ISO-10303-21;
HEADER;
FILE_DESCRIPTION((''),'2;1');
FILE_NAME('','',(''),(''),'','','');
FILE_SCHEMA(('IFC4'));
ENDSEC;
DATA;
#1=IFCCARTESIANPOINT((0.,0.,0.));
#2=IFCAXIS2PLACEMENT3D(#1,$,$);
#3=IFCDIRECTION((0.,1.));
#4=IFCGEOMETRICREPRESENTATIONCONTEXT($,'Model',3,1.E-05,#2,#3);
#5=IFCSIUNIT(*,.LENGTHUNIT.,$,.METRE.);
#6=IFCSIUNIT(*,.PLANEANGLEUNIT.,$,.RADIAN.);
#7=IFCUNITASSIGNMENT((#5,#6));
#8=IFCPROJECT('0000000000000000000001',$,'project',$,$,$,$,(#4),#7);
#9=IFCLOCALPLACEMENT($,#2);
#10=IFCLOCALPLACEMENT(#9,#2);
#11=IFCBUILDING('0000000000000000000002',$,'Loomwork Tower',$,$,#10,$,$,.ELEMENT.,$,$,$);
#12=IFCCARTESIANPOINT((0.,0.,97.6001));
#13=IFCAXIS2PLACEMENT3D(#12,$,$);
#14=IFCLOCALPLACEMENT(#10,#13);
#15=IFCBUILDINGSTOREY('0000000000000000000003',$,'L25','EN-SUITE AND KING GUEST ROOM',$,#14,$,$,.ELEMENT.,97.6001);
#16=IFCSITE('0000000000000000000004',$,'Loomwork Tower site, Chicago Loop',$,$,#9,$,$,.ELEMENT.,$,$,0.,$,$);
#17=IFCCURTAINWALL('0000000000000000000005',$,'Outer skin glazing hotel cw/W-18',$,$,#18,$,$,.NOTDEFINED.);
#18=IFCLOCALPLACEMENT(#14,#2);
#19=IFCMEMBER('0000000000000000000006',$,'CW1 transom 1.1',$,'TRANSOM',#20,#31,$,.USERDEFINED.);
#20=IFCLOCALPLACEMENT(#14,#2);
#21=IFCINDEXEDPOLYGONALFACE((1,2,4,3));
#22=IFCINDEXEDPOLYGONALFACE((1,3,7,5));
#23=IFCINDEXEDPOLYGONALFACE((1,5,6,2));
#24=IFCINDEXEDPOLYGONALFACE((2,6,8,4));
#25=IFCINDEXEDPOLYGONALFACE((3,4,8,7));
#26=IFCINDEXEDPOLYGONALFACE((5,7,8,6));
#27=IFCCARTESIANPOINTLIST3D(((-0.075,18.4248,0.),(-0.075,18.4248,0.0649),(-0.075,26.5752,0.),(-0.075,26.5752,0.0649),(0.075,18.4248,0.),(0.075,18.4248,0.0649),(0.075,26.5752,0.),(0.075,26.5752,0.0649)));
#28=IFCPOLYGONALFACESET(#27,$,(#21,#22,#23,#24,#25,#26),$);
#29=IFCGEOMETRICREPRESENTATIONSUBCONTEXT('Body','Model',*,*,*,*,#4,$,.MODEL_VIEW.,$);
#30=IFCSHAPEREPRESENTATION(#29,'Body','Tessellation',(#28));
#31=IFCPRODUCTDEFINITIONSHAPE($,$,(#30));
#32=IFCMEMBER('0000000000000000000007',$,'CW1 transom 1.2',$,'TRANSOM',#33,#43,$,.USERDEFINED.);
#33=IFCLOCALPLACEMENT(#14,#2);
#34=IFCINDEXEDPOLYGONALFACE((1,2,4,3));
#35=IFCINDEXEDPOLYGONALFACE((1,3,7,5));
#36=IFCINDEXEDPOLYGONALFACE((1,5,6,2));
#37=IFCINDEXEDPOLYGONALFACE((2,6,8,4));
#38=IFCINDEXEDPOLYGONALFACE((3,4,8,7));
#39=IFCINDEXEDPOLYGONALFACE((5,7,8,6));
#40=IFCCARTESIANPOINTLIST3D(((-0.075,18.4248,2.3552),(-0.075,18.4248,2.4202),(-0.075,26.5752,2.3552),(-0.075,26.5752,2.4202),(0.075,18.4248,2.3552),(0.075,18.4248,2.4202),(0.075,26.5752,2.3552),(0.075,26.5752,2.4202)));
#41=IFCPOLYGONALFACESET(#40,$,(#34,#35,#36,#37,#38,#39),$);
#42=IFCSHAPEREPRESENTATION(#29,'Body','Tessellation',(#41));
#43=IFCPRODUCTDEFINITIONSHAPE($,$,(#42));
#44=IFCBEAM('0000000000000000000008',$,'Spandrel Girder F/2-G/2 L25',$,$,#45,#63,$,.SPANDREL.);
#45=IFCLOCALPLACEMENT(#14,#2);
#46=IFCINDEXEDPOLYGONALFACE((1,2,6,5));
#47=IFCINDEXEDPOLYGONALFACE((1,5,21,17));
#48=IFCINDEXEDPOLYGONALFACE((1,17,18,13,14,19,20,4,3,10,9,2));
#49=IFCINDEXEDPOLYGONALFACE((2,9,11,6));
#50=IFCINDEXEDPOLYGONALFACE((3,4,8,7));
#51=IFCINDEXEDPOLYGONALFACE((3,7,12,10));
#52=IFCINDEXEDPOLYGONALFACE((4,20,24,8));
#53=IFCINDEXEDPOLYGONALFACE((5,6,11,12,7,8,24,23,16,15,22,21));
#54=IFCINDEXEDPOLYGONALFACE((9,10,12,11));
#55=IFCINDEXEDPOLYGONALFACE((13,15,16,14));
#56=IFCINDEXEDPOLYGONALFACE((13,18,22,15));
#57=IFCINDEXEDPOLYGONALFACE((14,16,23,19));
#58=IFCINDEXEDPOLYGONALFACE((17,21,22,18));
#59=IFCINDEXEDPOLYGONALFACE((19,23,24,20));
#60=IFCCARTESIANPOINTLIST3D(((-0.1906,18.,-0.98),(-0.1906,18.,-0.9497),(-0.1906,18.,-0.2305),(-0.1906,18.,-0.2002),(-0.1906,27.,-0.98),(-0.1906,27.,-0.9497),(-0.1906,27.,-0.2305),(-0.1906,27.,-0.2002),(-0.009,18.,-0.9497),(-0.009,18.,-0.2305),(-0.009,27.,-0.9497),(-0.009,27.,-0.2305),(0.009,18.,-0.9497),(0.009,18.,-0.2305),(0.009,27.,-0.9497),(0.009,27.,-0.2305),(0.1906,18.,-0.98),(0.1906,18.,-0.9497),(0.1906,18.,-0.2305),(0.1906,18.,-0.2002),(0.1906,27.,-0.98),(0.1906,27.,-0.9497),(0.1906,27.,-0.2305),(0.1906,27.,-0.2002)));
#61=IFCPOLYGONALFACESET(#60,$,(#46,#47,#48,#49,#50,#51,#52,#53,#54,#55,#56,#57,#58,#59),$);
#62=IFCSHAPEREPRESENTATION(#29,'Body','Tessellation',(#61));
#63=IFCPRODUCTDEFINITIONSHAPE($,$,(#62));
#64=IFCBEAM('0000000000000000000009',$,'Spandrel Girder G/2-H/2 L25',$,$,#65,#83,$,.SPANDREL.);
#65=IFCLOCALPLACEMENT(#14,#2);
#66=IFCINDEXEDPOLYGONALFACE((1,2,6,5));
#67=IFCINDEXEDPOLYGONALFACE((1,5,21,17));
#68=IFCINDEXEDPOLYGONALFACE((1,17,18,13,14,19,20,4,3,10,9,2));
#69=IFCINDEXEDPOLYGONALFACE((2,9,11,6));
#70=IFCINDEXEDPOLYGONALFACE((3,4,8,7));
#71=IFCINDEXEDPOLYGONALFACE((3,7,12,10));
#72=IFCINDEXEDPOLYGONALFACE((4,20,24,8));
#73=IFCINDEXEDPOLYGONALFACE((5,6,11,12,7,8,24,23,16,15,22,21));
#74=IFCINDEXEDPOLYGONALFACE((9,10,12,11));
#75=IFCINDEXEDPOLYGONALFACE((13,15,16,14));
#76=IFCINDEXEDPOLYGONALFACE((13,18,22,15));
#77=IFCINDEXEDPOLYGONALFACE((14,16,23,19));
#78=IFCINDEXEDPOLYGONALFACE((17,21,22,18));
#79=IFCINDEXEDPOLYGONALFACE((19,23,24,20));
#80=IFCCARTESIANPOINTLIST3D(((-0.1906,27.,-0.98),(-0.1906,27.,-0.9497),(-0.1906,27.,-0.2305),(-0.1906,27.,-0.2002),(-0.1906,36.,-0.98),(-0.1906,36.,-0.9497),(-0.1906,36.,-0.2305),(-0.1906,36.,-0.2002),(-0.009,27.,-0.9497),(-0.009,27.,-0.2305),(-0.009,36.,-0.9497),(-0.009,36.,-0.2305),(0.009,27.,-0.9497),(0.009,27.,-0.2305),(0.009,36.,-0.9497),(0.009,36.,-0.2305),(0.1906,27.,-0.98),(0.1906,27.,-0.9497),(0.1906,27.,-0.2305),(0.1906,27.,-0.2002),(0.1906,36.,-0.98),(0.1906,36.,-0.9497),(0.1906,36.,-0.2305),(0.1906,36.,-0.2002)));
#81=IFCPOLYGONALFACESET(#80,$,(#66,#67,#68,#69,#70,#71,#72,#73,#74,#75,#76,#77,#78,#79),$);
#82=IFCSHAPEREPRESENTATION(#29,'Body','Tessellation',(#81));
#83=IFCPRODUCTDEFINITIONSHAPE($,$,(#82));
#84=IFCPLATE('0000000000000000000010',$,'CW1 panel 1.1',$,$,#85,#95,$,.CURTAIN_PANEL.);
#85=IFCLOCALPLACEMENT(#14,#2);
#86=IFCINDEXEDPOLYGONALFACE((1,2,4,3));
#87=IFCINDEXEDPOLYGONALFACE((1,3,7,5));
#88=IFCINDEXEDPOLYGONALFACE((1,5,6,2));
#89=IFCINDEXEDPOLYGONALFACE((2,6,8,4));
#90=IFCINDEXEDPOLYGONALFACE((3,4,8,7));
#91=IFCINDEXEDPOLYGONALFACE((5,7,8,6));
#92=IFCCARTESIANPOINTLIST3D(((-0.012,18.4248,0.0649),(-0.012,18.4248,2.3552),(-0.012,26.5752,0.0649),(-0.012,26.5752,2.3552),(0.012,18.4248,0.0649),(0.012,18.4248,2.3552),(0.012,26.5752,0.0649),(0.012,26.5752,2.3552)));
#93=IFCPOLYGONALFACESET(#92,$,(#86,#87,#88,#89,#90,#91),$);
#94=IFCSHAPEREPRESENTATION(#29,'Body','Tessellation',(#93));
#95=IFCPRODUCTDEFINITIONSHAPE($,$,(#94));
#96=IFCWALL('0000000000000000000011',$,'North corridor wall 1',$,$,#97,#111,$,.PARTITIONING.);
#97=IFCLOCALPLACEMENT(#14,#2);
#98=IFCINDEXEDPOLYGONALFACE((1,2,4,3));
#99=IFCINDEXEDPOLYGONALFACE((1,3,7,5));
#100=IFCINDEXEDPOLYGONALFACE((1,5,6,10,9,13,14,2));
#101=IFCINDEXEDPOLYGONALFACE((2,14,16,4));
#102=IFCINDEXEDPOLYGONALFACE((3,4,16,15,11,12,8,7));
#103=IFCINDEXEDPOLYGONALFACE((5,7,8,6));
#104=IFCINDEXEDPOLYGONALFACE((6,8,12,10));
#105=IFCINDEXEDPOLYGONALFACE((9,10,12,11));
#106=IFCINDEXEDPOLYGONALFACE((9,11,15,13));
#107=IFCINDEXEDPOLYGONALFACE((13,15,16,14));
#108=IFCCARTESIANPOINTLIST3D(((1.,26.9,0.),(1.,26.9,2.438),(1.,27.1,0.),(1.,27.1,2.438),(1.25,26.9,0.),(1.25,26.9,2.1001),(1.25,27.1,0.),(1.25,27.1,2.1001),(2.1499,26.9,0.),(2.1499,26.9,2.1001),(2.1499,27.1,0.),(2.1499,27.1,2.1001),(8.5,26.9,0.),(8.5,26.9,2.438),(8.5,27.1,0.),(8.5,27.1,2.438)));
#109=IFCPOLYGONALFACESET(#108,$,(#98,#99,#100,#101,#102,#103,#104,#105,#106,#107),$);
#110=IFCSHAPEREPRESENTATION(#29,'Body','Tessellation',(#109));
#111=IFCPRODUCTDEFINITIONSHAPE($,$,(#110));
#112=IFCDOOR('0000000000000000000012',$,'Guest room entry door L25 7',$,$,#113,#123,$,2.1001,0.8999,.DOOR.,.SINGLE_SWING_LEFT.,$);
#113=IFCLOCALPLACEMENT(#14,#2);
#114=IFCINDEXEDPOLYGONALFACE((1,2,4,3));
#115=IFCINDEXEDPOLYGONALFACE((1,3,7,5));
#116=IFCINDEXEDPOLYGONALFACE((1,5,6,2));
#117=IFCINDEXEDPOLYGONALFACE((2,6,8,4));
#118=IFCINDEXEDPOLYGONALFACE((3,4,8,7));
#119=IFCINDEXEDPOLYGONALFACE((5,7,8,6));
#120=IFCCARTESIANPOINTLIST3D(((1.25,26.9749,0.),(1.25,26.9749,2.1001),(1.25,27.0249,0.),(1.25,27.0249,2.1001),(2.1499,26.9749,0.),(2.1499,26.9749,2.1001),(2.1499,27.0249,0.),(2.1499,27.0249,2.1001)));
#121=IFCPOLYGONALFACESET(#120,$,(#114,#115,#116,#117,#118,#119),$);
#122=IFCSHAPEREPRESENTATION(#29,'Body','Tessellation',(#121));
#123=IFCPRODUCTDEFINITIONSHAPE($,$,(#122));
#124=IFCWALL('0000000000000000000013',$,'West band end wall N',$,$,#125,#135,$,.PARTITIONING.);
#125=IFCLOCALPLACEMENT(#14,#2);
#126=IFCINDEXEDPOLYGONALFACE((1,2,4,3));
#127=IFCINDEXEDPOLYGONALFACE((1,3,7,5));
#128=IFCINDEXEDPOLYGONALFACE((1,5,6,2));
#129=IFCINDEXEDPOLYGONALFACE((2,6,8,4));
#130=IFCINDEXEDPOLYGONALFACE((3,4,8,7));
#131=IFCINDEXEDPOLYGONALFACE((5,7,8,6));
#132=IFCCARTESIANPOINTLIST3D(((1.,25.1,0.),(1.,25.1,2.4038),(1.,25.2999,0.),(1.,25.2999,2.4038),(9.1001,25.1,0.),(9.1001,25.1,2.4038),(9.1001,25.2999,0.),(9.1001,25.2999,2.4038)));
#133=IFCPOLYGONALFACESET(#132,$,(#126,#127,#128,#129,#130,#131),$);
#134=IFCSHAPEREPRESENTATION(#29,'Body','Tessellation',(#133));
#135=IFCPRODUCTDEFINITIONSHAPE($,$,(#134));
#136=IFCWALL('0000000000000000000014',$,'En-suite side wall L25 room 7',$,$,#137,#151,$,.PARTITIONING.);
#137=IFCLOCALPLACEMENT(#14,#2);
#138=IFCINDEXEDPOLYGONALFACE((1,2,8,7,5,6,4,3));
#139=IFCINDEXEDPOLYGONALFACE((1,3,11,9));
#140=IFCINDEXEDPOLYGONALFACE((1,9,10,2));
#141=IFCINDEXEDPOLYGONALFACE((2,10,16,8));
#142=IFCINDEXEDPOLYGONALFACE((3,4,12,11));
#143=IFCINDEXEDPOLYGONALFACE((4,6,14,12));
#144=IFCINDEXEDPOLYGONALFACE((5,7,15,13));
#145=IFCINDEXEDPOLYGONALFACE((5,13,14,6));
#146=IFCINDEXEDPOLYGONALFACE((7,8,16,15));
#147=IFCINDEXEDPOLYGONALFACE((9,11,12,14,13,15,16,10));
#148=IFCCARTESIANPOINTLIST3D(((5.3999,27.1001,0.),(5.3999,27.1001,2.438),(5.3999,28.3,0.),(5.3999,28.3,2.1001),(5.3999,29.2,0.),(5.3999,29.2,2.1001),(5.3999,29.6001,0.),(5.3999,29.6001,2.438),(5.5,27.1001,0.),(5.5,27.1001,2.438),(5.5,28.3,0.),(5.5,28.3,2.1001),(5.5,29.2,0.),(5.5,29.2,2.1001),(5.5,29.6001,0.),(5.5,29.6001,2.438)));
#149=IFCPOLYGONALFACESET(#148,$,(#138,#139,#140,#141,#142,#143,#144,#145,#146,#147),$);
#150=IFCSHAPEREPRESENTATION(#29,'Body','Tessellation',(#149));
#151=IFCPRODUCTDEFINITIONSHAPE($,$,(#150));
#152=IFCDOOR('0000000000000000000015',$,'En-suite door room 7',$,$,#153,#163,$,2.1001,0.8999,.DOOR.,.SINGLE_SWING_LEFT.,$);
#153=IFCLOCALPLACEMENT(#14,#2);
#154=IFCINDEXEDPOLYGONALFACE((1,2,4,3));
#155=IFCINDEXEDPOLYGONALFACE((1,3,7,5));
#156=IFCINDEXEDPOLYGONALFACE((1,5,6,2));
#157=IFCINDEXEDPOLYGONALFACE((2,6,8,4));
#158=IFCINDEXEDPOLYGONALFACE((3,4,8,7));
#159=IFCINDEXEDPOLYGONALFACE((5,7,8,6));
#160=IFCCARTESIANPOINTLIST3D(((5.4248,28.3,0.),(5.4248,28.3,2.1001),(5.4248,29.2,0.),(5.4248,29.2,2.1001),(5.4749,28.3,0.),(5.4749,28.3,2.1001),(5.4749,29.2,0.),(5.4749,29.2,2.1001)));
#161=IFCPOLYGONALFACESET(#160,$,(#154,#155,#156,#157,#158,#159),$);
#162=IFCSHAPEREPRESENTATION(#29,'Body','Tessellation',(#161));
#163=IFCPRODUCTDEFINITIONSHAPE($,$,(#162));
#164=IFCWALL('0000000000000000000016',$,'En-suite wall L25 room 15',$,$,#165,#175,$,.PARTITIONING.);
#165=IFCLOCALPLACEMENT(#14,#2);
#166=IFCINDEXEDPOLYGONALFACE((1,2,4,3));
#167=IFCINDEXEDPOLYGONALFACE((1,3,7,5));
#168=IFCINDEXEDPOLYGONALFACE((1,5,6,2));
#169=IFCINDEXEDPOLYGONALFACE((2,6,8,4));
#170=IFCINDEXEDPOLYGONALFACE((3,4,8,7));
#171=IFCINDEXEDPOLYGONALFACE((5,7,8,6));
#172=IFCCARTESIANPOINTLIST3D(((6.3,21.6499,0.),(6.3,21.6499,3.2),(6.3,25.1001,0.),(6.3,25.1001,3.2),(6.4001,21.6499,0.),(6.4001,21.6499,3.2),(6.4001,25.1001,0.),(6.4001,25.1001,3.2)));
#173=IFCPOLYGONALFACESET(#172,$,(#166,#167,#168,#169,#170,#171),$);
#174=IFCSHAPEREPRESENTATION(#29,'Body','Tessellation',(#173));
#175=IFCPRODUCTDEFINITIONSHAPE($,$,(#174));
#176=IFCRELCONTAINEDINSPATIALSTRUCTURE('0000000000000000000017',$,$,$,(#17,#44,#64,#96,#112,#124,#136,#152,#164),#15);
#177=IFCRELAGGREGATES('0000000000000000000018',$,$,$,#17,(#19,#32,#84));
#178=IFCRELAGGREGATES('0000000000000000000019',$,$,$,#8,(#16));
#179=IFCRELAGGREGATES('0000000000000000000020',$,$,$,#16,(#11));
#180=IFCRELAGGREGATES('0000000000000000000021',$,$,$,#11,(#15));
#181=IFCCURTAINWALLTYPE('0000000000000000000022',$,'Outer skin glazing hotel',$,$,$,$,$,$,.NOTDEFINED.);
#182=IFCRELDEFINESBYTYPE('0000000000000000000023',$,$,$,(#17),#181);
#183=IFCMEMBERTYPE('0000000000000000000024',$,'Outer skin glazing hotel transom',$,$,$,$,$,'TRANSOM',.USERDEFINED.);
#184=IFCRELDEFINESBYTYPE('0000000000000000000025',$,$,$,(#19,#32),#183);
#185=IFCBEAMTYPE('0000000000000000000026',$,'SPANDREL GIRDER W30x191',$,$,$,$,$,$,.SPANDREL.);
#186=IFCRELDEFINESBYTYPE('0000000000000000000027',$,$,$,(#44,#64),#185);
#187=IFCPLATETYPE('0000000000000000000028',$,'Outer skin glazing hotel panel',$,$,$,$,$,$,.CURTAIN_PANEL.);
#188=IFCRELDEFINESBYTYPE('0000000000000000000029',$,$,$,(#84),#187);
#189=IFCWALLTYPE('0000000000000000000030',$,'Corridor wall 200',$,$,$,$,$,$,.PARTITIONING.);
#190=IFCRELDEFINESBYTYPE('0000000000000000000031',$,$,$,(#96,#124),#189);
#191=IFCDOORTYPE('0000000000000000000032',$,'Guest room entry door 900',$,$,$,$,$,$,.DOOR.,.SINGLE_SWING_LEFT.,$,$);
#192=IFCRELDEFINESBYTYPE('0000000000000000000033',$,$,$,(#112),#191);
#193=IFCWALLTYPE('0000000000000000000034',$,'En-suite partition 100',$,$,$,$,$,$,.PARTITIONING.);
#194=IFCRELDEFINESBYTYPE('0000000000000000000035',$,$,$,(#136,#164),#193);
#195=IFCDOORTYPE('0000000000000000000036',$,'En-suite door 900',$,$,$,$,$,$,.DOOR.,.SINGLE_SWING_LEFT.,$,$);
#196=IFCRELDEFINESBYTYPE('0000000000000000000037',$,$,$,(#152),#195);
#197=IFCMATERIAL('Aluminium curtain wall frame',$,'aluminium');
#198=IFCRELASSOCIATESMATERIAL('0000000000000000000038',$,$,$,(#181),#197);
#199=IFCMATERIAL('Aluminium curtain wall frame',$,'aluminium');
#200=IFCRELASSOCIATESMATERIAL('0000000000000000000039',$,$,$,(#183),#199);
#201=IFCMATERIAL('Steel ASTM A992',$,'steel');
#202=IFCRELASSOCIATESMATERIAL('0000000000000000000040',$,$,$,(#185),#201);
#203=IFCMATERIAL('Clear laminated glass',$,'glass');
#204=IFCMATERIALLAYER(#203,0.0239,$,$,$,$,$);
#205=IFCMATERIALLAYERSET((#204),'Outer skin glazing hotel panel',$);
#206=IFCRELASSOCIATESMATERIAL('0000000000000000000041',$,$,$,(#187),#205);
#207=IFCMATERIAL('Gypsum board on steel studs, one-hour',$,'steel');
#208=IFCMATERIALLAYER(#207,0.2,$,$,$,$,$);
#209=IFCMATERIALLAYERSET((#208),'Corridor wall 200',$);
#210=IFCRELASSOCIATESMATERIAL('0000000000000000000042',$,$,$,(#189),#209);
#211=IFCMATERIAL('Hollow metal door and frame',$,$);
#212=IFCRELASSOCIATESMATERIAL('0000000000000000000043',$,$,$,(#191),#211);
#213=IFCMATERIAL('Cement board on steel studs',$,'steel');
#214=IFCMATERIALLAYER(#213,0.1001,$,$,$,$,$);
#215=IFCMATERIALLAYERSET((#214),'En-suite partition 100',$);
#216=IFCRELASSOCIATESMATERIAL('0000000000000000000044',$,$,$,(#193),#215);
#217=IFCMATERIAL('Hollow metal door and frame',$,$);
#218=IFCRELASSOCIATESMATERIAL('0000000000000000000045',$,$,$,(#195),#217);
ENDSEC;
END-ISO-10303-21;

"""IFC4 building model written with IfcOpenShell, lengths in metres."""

from ifc_helpers import new_model, si_unit, direction, frame, frame_2d, origin, origin_2d, place, context, subcontext, project, spatial, rectangle, i_section, extrude, material, layer, layer_set, material_profile, profile_set, type_object, element, fill, aggregate, save


model = new_model("IFC4")

# Units and contexts
model_context = context("Model", 3, precision=1e-05, world=origin(), true_north=direction((0.0, 1.0)))
body_context = subcontext(model_context, "Body", "Model", "MODEL_VIEW")
ifc_project = project(units=[si_unit("LENGTHUNIT", "METRE"), si_unit("PLANEANGLEUNIT", "RADIAN")], contexts=[model_context])

# Site, building, storey
site_placement = place(None, origin())
site = spatial("IfcSite", under=ifc_project, at=site_placement, Name="Loomwork Tower site, Chicago Loop", CompositionType="ELEMENT", RefElevation=0.0)
building_placement = place(site_placement, origin())
building = spatial("IfcBuilding", under=site, at=building_placement, Name="Loomwork Tower", CompositionType="ELEMENT")
storey_placement = place(building_placement, frame((0.0, 0.0, 97.6001)))
storey = spatial("IfcBuildingStorey", under=building, at=storey_placement, Name="L25", Description="EN-SUITE AND KING GUEST ROOM", CompositionType="ELEMENT", Elevation=97.6001)

# Shared definitions
ifc_material_1 = material(Name="Aluminium curtain wall frame", Category="aluminium")
curtain_wall_type = type_object("IfcCurtainWallType", Name="Outer skin glazing hotel", PredefinedType="NOTDEFINED", material=ifc_material_1)

# Curtain wall
curtain_wall_1_placement = place(storey_placement, origin())
curtain_wall_1 = element("IfcCurtainWall", 1, at=curtain_wall_1_placement, inside=storey, type_object=curtain_wall_type, Name="Outer skin glazing hotel cw/W-18", PredefinedType="NOTDEFINED")

# Members
ifc_material_2 = material(Name="Aluminium curtain wall frame", Category="aluminium")
ifc_material_profile_1 = material_profile(ifc_material_2, rectangle(XDim=0.1499, YDim=0.0649, at=origin_2d()), Name="AL 65x150")
ifc_profile_set_1 = profile_set([ifc_material_profile_1], Name="Aluminium curtain wall frame")
member_type_1 = type_object("IfcMemberType", Name="Outer skin glazing hotel transom", ElementType="TRANSOM", PredefinedType="USERDEFINED", material=ifc_profile_set_1)
member_1_placement = place(storey_placement, frame((0.0, 26.5752, 0.0325), z_axis=(0.0, -1.0, 0.0), x_axis=(1.0, 0.0, 0.0)))
member_1 = element("IfcMember", 2, at=member_1_placement, type_object=member_type_1, Name="CW1 transom 1.1", ObjectType="TRANSOM", PredefinedType="USERDEFINED", context=body_context, shape_type="SweptSolid", body=[
    extrude(rectangle(XDim=0.1499, YDim=0.0649, at=origin_2d()), origin(), (0.0, 0.0, 1.0), 8.1504),
])
member_2_placement = place(storey_placement, frame((0.0, 26.5752, 2.3877), z_axis=(0.0, -1.0, 0.0), x_axis=(1.0, 0.0, 0.0)))
member_2 = element("IfcMember", 3, at=member_2_placement, type_object=member_type_1, Name="CW1 transom 1.2", ObjectType="TRANSOM", PredefinedType="USERDEFINED", context=body_context, shape_type="SweptSolid", body=[
    extrude(rectangle(XDim=0.1499, YDim=0.0649, at=origin_2d()), origin(), (0.0, 0.0, 1.0), 8.1504),
])

# Beams
ifc_material_3 = material(Name="Steel ASTM A992", Category="steel")
ifc_material_profile_2 = material_profile(ifc_material_3, i_section(OverallWidth=0.3811, OverallDepth=0.7798, WebThickness=0.0181, FlangeThickness=0.0303, at=origin_2d()), Name="W30x191")
ifc_profile_set_2 = profile_set([ifc_material_profile_2], Name="Steel ASTM A992")
beam_type_1 = type_object("IfcBeamType", Name="SPANDREL GIRDER W30x191", PredefinedType="SPANDREL", material=ifc_profile_set_2)
for number, where, z_axis, x_axis, name in (
    (4, (0.0, 18.0, -0.5901), (0.0, 1.0, 0.0), (-1.0, 0.0, 0.0), "Spandrel Girder F/2-G/2 L25"),
    (5, (0.0, 27.0, -0.5901), (0.0, 1.0, 0.0), (-1.0, 0.0, 0.0), "Spandrel Girder G/2-H/2 L25"),
):
    element("IfcBeam", number, at=place(storey_placement, frame(where, z_axis=z_axis, x_axis=x_axis)), inside=storey, type_object=beam_type_1, Name=name, PredefinedType="SPANDREL", context=body_context, shape_type="SweptSolid", body=[
        extrude(i_section(OverallWidth=0.3811, OverallDepth=0.7798, WebThickness=0.0181, FlangeThickness=0.0303, at=origin_2d()), origin(), (0.0, 0.0, 1.0), 9.0),
    ])

# Plate
ifc_material_4 = material(Name="Clear laminated glass", Category="glass")
ifc_layer_1 = layer(ifc_material_4, 0.0239)
ifc_layer_set_1 = layer_set([ifc_layer_1], Name="Outer skin glazing hotel panel")
plate_type = type_object("IfcPlateType", Name="Outer skin glazing hotel panel", PredefinedType="CURTAIN_PANEL", material=ifc_layer_set_1)
plate_placement = place(storey_placement, frame((0.0, 22.5, 0.0649), z_axis=(0.0, 0.0, 1.0), x_axis=(0.0, -1.0, 0.0)))
plate = element("IfcPlate", 6, at=plate_placement, type_object=plate_type, Name="CW1 panel 1.1", PredefinedType="CURTAIN_PANEL", context=body_context, shape_type="SweptSolid", body=[
    extrude(rectangle(XDim=8.1504, YDim=0.0239, at=origin_2d()), origin(), (0.0, 0.0, 1.0), 2.2903),
])
aggregate(curtain_wall_1, [member_1, member_2, plate])

# Wall, opening, door
ifc_material_5 = material(Name="Gypsum board on steel studs, one-hour", Category="steel")
ifc_layer_2 = layer(ifc_material_5, 0.2)
ifc_layer_set_2 = layer_set([ifc_layer_2], Name="Corridor wall 200")
wall_type_1 = type_object("IfcWallType", Name="Corridor wall 200", PredefinedType="PARTITIONING", material=ifc_layer_set_2)
wall_1_placement = place(storey_placement, frame((1.0, 27.0, 0.0), z_axis=(0.0, 0.0, 1.0), x_axis=(1.0, 0.0, 0.0)))
wall_1 = element("IfcWall", 7, at=wall_1_placement, inside=storey, type_object=wall_type_1, Name="North corridor wall 1", PredefinedType="PARTITIONING", context=body_context, shape_type="SweptSolid", body=[
    extrude(rectangle(XDim=7.5, YDim=0.2, at=frame_2d((3.75, 0.0))), origin(), (0.0, 0.0, 1.0), 2.438),
])
opening_1_placement = place(wall_1_placement, frame((0.25, 0.0, 0.0)))
opening_1 = element("IfcOpeningElement", 8, at=opening_1_placement, cuts=wall_1, PredefinedType="OPENING", context=body_context, shape_type="SweptSolid", body=[
    extrude(rectangle(XDim=0.8999, YDim=2.1001, at=frame_2d((0.45, 1.05))), frame((0.0, 0.1099, 0.0), z_axis=(0.0, -1.0, 0.0), x_axis=(1.0, 0.0, 0.0)), (0.0, 0.0, 1.0), 0.22),
])
ifc_material_6 = material(Name="Hollow metal door and frame")
door_type_1 = type_object("IfcDoorType", Name="Guest room entry door 900", OperationType="SINGLE_SWING_LEFT", PredefinedType="DOOR", material=ifc_material_6)
door_1_placement = place(opening_1_placement, origin())
door_1 = element("IfcDoor", 9, at=door_1_placement, inside=storey, type_object=door_type_1, Name="Guest room entry door L25 7", OperationType="SINGLE_SWING_LEFT", OverallHeight=2.1001, OverallWidth=0.8999, PredefinedType="DOOR", context=body_context, shape_type="SweptSolid", body=[
    extrude(rectangle(XDim=0.8999, YDim=2.1001, at=frame_2d((0.45, 1.05))), frame((0.0, 0.0249, 0.0), z_axis=(0.0, -1.0, 0.0), x_axis=(1.0, 0.0, 0.0)), (0.0, 0.0, 1.0), 0.05),
])
fill(opening_1, door_1)

# Wall
wall_2_placement = place(storey_placement, frame((1.0, 25.2, 0.0), z_axis=(0.0, 0.0, 1.0), x_axis=(1.0, 0.0, 0.0)))
element("IfcWall", 10, at=wall_2_placement, inside=storey, type_object=wall_type_1, Name="West band end wall N", PredefinedType="PARTITIONING", context=body_context, shape_type="SweptSolid", body=[
    extrude(rectangle(XDim=8.1001, YDim=0.2, at=frame_2d((4.05, 0.0))), origin(), (0.0, 0.0, 1.0), 2.4038),
])

# Wall, opening, door
ifc_material_7 = material(Name="Cement board on steel studs", Category="steel")
ifc_layer_3 = layer(ifc_material_7, 0.1001)
ifc_layer_set_3 = layer_set([ifc_layer_3], Name="En-suite partition 100")
wall_type_2 = type_object("IfcWallType", Name="En-suite partition 100", PredefinedType="PARTITIONING", material=ifc_layer_set_3)
wall_3_placement = place(storey_placement, frame((5.45, 27.1001, 0.0), z_axis=(0.0, 0.0, 1.0), x_axis=(0.0, 1.0, 0.0)))
wall_3 = element("IfcWall", 11, at=wall_3_placement, inside=storey, type_object=wall_type_2, Name="En-suite side wall L25 room 7", PredefinedType="PARTITIONING", context=body_context, shape_type="SweptSolid", body=[
    extrude(rectangle(XDim=2.5, YDim=0.1001, at=frame_2d((1.25, 0.0))), origin(), (0.0, 0.0, 1.0), 2.438),
])
opening_2_placement = place(wall_3_placement, frame((1.2, 0.0, 0.0)))
opening_2 = element("IfcOpeningElement", 12, at=opening_2_placement, cuts=wall_3, PredefinedType="OPENING", context=body_context, shape_type="SweptSolid", body=[
    extrude(rectangle(XDim=0.8999, YDim=2.1001, at=frame_2d((0.45, 1.05))), frame((0.0, 0.0601, 0.0), z_axis=(0.0, -1.0, 0.0), x_axis=(1.0, 0.0, 0.0)), (0.0, 0.0, 1.0), 0.1201),
])
ifc_material_8 = material(Name="Hollow metal door and frame")
door_type_2 = type_object("IfcDoorType", Name="En-suite door 900", OperationType="SINGLE_SWING_LEFT", PredefinedType="DOOR", material=ifc_material_8)
door_2_placement = place(opening_2_placement, frame((0.8999, 0.0, 0.0), z_axis=(0.0, 0.0, 1.0), x_axis=(-1.0, 0.0, 0.0)))
door_2 = element("IfcDoor", 13, at=door_2_placement, inside=storey, type_object=door_type_2, Name="En-suite door room 7", OperationType="SINGLE_SWING_LEFT", OverallHeight=2.1001, OverallWidth=0.8999, PredefinedType="DOOR", context=body_context, shape_type="SweptSolid", body=[
    extrude(rectangle(XDim=0.8999, YDim=2.1001, at=frame_2d((0.45, 1.05))), frame((0.0, 0.0249, 0.0), z_axis=(0.0, -1.0, 0.0), x_axis=(1.0, 0.0, 0.0)), (0.0, 0.0, 1.0), 0.05),
])
fill(opening_2, door_2)

# Wall
wall_4_placement = place(storey_placement, frame((6.3501, 21.6499, 0.0), z_axis=(0.0, 0.0, 1.0), x_axis=(0.0, 1.0, 0.0)))
element("IfcWall", 14, at=wall_4_placement, inside=storey, type_object=wall_type_2, Name="En-suite wall L25 room 15", PredefinedType="PARTITIONING", context=body_context, shape_type="SweptSolid", body=[
    extrude(rectangle(XDim=3.4502, YDim=0.1001, at=frame_2d((1.7251, 0.0))), origin(), (0.0, 0.0, 1.0), 3.2),
])

save(model, "model.ifc")
